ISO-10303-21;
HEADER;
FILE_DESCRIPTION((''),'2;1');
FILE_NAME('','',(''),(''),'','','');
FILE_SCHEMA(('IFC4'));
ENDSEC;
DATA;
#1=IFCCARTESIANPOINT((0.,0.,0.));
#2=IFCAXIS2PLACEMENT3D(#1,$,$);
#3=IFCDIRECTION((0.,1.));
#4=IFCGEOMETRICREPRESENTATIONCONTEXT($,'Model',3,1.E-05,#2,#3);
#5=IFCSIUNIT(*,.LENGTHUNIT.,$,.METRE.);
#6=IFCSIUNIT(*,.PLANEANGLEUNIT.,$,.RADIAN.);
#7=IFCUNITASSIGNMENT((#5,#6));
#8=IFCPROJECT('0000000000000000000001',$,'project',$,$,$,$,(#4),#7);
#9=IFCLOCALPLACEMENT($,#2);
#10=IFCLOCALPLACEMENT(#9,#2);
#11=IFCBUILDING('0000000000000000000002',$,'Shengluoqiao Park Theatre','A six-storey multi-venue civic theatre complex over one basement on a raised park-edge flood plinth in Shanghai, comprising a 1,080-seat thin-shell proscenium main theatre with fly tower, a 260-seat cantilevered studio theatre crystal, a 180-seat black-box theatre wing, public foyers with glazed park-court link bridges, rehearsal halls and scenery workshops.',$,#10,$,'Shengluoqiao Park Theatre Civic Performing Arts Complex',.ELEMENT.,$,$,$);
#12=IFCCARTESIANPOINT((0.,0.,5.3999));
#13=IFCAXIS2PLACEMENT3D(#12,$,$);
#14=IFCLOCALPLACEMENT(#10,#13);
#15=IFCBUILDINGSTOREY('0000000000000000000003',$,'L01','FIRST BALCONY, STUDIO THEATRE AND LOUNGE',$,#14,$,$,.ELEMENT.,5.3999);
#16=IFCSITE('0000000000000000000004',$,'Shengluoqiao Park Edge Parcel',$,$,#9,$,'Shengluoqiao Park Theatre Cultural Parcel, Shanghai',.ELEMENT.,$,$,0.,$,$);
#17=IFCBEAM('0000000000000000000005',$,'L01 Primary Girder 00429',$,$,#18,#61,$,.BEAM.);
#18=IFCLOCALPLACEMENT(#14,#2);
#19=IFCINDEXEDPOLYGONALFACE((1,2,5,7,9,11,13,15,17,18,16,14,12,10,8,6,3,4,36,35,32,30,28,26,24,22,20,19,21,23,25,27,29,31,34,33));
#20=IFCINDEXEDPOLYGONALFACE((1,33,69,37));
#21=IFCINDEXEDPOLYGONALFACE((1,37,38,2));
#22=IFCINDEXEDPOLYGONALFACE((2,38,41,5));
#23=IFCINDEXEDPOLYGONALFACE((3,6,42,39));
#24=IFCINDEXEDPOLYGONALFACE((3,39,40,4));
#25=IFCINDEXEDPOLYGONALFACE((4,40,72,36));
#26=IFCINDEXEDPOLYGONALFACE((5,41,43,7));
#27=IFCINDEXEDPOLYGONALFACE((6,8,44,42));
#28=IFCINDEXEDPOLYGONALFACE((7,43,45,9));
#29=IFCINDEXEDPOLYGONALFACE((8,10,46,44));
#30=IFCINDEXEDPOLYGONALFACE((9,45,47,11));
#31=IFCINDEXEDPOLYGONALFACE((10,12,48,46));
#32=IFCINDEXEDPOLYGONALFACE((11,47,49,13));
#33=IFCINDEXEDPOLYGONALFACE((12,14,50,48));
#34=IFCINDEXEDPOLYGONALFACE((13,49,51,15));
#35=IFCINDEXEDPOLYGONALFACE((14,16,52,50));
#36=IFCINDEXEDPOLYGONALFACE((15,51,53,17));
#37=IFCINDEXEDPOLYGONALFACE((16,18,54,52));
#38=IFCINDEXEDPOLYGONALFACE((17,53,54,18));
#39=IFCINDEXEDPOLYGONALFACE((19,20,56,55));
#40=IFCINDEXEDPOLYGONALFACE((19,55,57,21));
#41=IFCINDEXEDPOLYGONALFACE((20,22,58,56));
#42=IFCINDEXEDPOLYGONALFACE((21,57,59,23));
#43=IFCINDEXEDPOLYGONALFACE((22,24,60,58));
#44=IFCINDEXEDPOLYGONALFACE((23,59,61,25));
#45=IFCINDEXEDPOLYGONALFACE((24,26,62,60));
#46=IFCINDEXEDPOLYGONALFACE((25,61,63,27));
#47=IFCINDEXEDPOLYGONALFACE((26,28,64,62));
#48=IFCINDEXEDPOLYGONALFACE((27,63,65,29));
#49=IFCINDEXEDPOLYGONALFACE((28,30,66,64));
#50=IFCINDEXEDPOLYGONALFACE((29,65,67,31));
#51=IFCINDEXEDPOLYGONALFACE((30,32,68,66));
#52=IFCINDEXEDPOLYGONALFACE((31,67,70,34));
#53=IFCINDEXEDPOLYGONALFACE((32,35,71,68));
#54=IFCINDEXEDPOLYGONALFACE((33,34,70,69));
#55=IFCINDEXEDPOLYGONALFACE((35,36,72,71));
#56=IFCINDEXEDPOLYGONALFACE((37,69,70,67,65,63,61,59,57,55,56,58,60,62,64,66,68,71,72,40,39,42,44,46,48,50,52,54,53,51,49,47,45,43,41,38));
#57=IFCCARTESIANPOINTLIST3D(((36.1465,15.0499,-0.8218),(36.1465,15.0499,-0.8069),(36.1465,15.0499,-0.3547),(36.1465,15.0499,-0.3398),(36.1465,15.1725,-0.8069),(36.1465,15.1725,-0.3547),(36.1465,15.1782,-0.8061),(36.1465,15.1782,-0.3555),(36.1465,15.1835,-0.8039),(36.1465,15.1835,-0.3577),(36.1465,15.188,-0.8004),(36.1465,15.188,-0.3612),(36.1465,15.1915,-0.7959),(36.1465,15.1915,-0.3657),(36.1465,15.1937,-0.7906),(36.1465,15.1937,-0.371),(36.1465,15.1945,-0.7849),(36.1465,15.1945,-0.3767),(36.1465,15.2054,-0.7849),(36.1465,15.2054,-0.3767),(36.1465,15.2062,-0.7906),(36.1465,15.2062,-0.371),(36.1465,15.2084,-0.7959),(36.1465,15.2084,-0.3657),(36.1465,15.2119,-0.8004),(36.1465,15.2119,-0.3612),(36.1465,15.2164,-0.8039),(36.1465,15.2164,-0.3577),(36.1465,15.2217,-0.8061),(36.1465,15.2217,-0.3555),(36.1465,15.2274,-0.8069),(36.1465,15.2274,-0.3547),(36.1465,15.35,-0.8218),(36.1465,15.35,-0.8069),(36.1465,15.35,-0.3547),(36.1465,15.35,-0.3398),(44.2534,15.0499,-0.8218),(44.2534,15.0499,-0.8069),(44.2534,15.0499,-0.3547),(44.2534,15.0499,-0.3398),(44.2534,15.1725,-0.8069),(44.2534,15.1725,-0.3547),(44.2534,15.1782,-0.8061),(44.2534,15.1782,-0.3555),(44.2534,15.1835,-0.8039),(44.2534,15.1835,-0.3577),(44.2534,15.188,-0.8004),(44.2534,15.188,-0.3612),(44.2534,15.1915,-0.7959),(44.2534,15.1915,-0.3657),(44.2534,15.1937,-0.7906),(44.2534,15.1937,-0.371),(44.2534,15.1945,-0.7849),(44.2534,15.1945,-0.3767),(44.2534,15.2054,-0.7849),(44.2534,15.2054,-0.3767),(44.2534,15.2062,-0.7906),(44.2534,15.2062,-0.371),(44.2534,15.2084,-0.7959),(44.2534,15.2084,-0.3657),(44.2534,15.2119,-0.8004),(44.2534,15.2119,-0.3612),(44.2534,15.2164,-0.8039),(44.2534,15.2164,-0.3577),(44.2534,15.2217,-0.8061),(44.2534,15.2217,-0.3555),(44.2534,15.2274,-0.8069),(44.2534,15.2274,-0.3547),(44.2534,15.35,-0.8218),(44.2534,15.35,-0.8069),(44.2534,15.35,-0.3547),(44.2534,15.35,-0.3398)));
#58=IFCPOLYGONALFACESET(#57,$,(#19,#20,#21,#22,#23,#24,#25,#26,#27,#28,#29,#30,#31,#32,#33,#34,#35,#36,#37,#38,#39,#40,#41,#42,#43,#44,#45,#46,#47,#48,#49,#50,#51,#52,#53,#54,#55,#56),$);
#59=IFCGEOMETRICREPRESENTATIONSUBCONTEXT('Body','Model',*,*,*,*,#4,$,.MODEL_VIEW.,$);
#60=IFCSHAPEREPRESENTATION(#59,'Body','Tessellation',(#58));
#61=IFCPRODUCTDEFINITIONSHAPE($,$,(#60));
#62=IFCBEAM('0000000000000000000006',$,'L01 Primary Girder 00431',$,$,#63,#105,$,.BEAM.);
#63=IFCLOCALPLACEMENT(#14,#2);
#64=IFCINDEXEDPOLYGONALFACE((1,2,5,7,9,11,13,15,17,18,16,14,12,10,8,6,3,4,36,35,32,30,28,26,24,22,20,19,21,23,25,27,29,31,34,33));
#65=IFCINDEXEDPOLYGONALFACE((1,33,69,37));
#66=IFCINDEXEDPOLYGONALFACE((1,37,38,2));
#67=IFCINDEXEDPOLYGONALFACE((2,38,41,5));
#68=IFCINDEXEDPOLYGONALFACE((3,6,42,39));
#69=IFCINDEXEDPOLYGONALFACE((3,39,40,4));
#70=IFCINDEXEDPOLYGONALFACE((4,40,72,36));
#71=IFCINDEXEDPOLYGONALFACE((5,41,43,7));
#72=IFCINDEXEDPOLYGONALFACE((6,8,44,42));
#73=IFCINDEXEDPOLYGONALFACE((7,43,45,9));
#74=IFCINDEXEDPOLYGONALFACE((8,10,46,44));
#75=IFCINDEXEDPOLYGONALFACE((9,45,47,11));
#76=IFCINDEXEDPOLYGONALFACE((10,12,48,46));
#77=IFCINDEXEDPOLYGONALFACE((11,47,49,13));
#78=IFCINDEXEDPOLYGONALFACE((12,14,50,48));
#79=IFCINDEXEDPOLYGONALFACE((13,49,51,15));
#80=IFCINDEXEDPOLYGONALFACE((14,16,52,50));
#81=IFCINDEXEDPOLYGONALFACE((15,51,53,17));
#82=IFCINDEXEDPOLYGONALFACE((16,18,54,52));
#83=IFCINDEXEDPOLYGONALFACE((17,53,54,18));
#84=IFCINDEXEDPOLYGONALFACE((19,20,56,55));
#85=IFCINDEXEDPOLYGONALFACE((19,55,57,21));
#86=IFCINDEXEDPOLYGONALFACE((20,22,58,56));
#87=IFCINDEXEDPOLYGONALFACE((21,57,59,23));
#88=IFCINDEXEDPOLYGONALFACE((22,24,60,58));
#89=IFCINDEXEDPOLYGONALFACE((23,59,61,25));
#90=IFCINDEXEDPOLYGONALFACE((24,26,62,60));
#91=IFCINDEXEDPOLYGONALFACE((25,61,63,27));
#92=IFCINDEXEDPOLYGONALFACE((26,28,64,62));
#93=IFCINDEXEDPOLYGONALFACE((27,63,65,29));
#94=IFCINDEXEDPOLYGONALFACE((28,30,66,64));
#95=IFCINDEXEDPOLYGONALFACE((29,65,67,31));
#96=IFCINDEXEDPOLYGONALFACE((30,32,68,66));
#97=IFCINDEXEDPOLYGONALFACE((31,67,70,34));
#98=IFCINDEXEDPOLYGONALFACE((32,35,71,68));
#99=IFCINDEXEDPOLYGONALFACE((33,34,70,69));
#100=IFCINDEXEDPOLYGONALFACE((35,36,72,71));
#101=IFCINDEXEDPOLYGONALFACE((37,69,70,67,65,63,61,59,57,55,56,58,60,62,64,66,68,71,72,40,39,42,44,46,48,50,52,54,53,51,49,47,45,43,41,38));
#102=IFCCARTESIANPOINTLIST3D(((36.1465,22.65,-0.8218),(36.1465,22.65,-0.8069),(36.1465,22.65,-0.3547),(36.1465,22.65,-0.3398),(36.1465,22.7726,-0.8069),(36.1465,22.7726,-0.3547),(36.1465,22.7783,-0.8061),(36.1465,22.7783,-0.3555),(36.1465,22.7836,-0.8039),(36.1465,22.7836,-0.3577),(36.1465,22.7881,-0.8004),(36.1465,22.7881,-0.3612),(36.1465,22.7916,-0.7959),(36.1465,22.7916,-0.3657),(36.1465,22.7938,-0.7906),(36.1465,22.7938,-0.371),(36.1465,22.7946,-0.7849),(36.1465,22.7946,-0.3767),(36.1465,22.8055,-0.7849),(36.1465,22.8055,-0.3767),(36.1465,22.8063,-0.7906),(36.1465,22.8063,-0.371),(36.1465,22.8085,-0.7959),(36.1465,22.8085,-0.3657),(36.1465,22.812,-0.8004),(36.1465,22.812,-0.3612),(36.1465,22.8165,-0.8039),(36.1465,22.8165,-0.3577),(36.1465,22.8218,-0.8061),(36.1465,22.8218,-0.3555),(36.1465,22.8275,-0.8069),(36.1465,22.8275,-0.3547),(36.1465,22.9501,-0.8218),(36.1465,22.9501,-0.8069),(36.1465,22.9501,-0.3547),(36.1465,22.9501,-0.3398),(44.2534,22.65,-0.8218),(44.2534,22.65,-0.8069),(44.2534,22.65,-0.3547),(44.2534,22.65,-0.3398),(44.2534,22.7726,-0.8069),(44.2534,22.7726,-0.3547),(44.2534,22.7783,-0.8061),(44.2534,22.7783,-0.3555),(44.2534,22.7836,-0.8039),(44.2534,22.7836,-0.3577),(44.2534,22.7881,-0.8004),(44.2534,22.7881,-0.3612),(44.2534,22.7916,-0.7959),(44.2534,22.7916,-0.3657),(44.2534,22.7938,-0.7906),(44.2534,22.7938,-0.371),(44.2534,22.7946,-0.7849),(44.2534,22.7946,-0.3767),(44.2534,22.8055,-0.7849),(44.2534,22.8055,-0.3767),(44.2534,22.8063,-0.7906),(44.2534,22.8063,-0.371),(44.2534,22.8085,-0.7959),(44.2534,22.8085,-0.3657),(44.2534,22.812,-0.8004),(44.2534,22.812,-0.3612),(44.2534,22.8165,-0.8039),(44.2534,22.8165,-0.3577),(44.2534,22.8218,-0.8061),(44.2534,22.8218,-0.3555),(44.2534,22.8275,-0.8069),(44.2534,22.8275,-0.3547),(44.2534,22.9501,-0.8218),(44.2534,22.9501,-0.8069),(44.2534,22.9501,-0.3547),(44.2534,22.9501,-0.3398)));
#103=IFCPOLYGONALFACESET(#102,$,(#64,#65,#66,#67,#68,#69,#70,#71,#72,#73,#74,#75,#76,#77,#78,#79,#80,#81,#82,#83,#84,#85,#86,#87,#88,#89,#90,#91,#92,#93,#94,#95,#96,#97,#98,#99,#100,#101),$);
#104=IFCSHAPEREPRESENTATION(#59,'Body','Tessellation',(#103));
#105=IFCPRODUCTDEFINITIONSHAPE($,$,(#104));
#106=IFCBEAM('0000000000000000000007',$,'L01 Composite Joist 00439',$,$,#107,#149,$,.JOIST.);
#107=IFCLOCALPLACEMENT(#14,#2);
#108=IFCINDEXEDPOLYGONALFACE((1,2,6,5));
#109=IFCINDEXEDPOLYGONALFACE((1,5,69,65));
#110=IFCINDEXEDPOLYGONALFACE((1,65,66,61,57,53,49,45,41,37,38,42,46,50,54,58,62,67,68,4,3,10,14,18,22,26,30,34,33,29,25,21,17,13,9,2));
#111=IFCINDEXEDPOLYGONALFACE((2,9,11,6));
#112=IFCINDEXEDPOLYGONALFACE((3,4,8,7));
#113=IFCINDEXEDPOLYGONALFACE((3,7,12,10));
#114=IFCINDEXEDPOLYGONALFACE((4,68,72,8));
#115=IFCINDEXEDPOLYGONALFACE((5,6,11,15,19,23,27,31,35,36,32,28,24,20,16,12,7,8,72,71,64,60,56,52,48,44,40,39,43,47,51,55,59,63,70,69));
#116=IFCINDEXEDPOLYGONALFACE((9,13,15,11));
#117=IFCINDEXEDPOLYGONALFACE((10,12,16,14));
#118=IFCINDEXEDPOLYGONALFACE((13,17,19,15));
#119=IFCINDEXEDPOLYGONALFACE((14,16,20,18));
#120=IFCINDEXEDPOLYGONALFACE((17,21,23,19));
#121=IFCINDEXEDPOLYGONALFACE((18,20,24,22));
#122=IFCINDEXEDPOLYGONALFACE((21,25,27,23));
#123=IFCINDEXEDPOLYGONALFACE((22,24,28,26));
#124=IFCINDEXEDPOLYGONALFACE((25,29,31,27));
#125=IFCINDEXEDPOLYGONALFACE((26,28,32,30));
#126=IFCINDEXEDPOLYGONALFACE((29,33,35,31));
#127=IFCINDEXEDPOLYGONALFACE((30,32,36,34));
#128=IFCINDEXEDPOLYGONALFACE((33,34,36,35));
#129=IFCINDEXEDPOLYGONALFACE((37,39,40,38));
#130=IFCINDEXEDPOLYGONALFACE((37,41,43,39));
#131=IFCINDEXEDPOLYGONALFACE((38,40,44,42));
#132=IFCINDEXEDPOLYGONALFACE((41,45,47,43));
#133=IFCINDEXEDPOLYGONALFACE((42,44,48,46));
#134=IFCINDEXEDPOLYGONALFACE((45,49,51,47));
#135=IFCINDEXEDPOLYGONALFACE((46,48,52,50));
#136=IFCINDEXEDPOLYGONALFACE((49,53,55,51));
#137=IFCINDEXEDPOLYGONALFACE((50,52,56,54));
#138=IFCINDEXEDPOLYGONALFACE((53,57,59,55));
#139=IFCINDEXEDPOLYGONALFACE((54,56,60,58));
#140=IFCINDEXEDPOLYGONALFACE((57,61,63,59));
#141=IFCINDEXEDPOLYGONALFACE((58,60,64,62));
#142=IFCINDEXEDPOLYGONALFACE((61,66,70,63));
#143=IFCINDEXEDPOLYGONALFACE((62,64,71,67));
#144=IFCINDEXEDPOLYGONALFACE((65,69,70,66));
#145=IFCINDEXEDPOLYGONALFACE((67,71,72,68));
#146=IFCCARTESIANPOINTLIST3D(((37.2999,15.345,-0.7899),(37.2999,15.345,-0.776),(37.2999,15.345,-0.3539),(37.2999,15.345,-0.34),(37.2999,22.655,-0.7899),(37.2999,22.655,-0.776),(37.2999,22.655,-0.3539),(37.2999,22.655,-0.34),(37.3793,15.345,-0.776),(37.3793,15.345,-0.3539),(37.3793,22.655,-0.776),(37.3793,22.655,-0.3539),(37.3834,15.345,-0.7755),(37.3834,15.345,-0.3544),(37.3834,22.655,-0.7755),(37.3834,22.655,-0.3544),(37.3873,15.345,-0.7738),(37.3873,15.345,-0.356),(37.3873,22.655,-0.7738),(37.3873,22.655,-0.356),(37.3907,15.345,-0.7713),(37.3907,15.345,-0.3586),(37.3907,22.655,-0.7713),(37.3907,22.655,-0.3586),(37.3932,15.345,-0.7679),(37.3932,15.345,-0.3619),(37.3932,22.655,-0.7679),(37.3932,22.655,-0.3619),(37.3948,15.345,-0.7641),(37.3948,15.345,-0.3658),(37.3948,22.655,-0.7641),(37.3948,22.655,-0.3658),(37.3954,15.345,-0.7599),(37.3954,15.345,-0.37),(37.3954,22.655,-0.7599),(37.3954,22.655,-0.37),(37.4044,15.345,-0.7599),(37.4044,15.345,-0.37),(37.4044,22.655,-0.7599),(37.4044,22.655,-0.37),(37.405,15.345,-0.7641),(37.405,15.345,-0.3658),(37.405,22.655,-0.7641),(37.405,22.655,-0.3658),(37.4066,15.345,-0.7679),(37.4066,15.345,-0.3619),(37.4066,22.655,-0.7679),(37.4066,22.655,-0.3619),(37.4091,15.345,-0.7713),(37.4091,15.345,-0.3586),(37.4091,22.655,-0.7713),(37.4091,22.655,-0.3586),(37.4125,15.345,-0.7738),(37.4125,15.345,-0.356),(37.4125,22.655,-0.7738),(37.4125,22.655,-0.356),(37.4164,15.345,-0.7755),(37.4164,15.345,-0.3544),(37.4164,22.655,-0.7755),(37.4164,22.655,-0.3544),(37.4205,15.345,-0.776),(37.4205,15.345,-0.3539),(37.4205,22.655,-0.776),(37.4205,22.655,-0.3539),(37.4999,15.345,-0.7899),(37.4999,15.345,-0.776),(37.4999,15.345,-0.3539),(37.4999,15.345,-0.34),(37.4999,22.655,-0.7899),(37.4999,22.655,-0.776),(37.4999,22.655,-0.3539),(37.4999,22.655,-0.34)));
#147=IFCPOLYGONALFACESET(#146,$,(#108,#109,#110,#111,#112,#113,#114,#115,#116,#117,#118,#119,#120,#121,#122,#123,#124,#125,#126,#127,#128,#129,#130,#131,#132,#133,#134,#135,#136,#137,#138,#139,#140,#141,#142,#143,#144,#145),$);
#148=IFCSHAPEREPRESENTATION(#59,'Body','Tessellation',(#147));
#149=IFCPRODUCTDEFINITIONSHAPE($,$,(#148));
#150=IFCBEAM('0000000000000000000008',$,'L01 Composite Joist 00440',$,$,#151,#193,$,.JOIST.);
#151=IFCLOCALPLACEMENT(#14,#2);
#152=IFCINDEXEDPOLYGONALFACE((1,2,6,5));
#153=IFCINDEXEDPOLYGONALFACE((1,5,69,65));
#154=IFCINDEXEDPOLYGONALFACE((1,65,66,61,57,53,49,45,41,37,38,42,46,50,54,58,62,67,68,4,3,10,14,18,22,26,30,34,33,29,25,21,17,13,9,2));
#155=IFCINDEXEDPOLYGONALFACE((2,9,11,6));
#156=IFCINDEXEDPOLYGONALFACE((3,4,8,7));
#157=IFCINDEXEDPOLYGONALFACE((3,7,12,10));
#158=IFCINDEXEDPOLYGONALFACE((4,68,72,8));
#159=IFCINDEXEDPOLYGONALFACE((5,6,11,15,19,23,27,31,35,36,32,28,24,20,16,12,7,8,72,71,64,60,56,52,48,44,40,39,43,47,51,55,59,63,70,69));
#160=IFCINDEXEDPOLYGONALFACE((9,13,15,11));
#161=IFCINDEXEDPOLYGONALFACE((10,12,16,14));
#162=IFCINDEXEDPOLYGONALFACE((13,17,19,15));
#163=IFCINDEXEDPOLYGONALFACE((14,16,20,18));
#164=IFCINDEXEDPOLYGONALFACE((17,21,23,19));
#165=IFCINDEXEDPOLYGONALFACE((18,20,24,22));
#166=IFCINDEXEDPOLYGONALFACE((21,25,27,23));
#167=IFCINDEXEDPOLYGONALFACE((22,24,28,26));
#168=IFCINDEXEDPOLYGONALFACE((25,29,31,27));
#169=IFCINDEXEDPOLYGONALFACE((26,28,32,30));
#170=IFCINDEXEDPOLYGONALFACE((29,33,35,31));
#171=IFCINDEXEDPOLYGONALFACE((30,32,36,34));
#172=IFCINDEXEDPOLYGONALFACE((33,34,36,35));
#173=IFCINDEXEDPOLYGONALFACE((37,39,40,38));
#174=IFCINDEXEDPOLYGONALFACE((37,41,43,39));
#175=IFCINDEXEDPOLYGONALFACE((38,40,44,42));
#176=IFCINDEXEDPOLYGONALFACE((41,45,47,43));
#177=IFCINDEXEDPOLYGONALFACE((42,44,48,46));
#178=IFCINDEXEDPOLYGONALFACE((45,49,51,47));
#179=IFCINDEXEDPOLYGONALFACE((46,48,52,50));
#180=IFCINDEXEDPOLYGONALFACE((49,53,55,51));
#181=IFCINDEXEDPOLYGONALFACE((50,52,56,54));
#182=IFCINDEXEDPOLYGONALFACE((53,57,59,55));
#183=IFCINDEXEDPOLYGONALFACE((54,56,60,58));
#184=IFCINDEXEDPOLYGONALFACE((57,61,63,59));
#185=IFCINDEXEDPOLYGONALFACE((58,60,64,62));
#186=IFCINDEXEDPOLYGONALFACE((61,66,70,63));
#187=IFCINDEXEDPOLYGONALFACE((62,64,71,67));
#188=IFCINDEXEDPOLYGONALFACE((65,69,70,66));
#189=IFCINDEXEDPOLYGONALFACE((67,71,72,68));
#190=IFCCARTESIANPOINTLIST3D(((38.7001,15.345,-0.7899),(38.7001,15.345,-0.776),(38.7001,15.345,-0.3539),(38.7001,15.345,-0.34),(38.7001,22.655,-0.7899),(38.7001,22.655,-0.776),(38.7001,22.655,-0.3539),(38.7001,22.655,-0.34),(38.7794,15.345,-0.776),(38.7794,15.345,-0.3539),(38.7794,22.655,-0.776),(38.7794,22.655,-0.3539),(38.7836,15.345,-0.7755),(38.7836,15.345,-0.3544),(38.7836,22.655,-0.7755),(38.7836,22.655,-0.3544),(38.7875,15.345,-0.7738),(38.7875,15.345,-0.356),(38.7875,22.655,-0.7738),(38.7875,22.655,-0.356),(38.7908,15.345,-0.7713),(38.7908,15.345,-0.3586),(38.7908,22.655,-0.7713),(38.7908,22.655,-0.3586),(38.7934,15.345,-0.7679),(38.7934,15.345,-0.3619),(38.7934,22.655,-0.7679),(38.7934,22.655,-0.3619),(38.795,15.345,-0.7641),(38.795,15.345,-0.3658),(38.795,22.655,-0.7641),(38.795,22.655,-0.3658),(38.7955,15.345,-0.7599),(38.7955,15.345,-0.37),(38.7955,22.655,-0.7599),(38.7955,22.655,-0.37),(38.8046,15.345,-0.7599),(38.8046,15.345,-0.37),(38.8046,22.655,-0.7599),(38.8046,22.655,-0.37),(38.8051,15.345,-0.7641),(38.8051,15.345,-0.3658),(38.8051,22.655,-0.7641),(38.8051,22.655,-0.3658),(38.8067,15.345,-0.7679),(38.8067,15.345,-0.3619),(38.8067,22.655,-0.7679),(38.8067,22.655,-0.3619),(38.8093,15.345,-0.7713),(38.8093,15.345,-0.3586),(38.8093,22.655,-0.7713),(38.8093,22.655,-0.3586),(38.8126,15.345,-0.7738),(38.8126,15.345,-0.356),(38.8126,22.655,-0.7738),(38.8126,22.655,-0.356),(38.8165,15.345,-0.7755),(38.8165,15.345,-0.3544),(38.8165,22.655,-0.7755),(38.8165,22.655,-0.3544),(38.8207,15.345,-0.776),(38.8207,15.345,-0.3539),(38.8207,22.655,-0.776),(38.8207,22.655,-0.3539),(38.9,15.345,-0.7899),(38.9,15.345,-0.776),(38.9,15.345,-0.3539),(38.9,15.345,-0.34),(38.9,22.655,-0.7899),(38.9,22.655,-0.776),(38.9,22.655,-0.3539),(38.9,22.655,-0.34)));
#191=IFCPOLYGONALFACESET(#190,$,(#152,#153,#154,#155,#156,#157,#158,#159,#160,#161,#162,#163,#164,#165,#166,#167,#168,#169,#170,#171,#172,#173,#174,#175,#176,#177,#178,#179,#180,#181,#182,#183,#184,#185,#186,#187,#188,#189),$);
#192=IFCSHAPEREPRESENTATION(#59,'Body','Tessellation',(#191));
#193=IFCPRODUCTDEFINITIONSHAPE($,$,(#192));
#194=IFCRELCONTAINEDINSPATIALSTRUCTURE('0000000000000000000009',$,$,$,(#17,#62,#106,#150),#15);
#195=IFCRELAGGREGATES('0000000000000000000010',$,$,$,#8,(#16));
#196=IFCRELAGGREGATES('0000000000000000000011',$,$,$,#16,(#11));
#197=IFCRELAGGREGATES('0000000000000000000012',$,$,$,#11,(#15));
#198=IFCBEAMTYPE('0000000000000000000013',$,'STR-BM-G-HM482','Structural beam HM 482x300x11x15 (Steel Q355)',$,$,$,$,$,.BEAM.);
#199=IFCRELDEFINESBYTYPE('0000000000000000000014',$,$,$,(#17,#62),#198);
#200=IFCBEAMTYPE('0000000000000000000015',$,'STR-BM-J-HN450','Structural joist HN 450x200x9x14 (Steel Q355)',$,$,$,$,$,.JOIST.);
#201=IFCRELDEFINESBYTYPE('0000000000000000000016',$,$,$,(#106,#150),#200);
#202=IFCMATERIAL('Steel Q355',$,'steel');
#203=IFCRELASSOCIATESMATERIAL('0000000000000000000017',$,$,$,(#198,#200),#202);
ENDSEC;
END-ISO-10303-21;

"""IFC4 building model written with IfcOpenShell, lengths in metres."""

from ifc_helpers import new_model, si_unit, direction, frame, origin, origin_2d, place, context, subcontext, project, spatial, i_section, extrude, material, material_profile, profile_set, type_object, element, save


model = new_model("IFC4")

# Units and contexts
model_context = context("Model", 3, precision=1e-05, world=origin(), true_north=direction((0.0, 1.0)))
body_context = subcontext(model_context, "Body", "Model", "MODEL_VIEW")
ifc_project = project(units=[si_unit("LENGTHUNIT", "METRE"), si_unit("PLANEANGLEUNIT", "RADIAN")], contexts=[model_context])

# Site, building, storey
site_placement = place(None, origin())
site = spatial("IfcSite", under=ifc_project, at=site_placement, Name="Shengluoqiao Park Edge Parcel", LongName="Shengluoqiao Park Theatre Cultural Parcel, Shanghai", CompositionType="ELEMENT", RefElevation=0.0)
building_placement = place(site_placement, origin())
building = spatial("IfcBuilding", under=site, at=building_placement, Name="Shengluoqiao Park Theatre", Description="A six-storey multi-venue civic theatre complex over one basement on a raised park-edge flood plinth in Shanghai, comprising a 1,080-seat thin-shell proscenium main theatre with fly tower, a 260-seat cantilevered studio theatre crystal, a 180-seat black-box theatre wing, public foyers with glazed park-court link bridges, rehearsal halls and scenery workshops.", LongName="Shengluoqiao Park Theatre Civic Performing Arts Complex", CompositionType="ELEMENT")
storey_placement = place(building_placement, frame((0.0, 0.0, 5.3999)))
storey = spatial("IfcBuildingStorey", under=building, at=storey_placement, Name="L01", Description="FIRST BALCONY, STUDIO THEATRE AND LOUNGE", CompositionType="ELEMENT", Elevation=5.3999)

# Shared definitions
ifc_material_1 = material(Name="Steel Q355", Category="steel")

# Beams
ifc_material_profile_1 = material_profile(ifc_material_1, i_section(OverallWidth=0.3, OverallDepth=0.4819, WebThickness=0.011, FlangeThickness=0.0149, FilletRadius=0.022, at=origin_2d()), Name="HM 482x300x11x15")
ifc_profile_set_1 = profile_set([ifc_material_profile_1], Name="Steel Q355")
beam_type_1 = type_object("IfcBeamType", Name="STR-BM-G-HM482", Description="Structural beam HM 482x300x11x15 (Steel Q355)", PredefinedType="BEAM", material=ifc_profile_set_1)
for number, where, z_axis, x_axis, name in (
    (1, (36.1465, 15.2, -0.5808), (1.0, 0.0, 0.0), (0.0, 1.0, 0.0), "L01 Primary Girder 00429"),
    (2, (36.1465, 22.8, -0.5808), (1.0, 0.0, 0.0), (0.0, 1.0, 0.0), "L01 Primary Girder 00431"),
):
    element("IfcBeam", number, at=place(storey_placement, frame(where, z_axis=z_axis, x_axis=x_axis)), inside=storey, type_object=beam_type_1, Name=name, PredefinedType="BEAM", context=body_context, shape_type="SweptSolid", body=[
        extrude(i_section(OverallWidth=0.3, OverallDepth=0.4819, WebThickness=0.011, FlangeThickness=0.0149, FilletRadius=0.022, at=origin_2d()), origin(), (0.0, 0.0, 1.0), 8.1069),
    ])
ifc_material_profile_2 = material_profile(ifc_material_1, i_section(OverallWidth=0.2, OverallDepth=0.45, WebThickness=0.009, FlangeThickness=0.0139, FilletRadius=0.0161, at=origin_2d()), Name="HN 450x200x9x14")
ifc_profile_set_2 = profile_set([ifc_material_profile_2], Name="Steel Q355")
beam_type_2 = type_object("IfcBeamType", Name="STR-BM-J-HN450", Description="Structural joist HN 450x200x9x14 (Steel Q355)", PredefinedType="JOIST", material=ifc_profile_set_2)
for number, where, z_axis, x_axis, name in (
    (3, (37.3999, 15.345, -0.5649), (0.0, 1.0, 0.0), (-1.0, 0.0, 0.0), "L01 Composite Joist 00439"),
    (4, (38.8, 15.345, -0.5649), (0.0, 1.0, 0.0), (-1.0, 0.0, 0.0), "L01 Composite Joist 00440"),
):
    element("IfcBeam", number, at=place(storey_placement, frame(where, z_axis=z_axis, x_axis=x_axis)), inside=storey, type_object=beam_type_2, Name=name, PredefinedType="JOIST", context=body_context, shape_type="SweptSolid", body=[
        extrude(i_section(OverallWidth=0.2, OverallDepth=0.45, WebThickness=0.009, FlangeThickness=0.0139, FilletRadius=0.0161, at=origin_2d()), origin(), (0.0, 0.0, 1.0), 7.3101),
    ])

save(model, "model.ifc")
